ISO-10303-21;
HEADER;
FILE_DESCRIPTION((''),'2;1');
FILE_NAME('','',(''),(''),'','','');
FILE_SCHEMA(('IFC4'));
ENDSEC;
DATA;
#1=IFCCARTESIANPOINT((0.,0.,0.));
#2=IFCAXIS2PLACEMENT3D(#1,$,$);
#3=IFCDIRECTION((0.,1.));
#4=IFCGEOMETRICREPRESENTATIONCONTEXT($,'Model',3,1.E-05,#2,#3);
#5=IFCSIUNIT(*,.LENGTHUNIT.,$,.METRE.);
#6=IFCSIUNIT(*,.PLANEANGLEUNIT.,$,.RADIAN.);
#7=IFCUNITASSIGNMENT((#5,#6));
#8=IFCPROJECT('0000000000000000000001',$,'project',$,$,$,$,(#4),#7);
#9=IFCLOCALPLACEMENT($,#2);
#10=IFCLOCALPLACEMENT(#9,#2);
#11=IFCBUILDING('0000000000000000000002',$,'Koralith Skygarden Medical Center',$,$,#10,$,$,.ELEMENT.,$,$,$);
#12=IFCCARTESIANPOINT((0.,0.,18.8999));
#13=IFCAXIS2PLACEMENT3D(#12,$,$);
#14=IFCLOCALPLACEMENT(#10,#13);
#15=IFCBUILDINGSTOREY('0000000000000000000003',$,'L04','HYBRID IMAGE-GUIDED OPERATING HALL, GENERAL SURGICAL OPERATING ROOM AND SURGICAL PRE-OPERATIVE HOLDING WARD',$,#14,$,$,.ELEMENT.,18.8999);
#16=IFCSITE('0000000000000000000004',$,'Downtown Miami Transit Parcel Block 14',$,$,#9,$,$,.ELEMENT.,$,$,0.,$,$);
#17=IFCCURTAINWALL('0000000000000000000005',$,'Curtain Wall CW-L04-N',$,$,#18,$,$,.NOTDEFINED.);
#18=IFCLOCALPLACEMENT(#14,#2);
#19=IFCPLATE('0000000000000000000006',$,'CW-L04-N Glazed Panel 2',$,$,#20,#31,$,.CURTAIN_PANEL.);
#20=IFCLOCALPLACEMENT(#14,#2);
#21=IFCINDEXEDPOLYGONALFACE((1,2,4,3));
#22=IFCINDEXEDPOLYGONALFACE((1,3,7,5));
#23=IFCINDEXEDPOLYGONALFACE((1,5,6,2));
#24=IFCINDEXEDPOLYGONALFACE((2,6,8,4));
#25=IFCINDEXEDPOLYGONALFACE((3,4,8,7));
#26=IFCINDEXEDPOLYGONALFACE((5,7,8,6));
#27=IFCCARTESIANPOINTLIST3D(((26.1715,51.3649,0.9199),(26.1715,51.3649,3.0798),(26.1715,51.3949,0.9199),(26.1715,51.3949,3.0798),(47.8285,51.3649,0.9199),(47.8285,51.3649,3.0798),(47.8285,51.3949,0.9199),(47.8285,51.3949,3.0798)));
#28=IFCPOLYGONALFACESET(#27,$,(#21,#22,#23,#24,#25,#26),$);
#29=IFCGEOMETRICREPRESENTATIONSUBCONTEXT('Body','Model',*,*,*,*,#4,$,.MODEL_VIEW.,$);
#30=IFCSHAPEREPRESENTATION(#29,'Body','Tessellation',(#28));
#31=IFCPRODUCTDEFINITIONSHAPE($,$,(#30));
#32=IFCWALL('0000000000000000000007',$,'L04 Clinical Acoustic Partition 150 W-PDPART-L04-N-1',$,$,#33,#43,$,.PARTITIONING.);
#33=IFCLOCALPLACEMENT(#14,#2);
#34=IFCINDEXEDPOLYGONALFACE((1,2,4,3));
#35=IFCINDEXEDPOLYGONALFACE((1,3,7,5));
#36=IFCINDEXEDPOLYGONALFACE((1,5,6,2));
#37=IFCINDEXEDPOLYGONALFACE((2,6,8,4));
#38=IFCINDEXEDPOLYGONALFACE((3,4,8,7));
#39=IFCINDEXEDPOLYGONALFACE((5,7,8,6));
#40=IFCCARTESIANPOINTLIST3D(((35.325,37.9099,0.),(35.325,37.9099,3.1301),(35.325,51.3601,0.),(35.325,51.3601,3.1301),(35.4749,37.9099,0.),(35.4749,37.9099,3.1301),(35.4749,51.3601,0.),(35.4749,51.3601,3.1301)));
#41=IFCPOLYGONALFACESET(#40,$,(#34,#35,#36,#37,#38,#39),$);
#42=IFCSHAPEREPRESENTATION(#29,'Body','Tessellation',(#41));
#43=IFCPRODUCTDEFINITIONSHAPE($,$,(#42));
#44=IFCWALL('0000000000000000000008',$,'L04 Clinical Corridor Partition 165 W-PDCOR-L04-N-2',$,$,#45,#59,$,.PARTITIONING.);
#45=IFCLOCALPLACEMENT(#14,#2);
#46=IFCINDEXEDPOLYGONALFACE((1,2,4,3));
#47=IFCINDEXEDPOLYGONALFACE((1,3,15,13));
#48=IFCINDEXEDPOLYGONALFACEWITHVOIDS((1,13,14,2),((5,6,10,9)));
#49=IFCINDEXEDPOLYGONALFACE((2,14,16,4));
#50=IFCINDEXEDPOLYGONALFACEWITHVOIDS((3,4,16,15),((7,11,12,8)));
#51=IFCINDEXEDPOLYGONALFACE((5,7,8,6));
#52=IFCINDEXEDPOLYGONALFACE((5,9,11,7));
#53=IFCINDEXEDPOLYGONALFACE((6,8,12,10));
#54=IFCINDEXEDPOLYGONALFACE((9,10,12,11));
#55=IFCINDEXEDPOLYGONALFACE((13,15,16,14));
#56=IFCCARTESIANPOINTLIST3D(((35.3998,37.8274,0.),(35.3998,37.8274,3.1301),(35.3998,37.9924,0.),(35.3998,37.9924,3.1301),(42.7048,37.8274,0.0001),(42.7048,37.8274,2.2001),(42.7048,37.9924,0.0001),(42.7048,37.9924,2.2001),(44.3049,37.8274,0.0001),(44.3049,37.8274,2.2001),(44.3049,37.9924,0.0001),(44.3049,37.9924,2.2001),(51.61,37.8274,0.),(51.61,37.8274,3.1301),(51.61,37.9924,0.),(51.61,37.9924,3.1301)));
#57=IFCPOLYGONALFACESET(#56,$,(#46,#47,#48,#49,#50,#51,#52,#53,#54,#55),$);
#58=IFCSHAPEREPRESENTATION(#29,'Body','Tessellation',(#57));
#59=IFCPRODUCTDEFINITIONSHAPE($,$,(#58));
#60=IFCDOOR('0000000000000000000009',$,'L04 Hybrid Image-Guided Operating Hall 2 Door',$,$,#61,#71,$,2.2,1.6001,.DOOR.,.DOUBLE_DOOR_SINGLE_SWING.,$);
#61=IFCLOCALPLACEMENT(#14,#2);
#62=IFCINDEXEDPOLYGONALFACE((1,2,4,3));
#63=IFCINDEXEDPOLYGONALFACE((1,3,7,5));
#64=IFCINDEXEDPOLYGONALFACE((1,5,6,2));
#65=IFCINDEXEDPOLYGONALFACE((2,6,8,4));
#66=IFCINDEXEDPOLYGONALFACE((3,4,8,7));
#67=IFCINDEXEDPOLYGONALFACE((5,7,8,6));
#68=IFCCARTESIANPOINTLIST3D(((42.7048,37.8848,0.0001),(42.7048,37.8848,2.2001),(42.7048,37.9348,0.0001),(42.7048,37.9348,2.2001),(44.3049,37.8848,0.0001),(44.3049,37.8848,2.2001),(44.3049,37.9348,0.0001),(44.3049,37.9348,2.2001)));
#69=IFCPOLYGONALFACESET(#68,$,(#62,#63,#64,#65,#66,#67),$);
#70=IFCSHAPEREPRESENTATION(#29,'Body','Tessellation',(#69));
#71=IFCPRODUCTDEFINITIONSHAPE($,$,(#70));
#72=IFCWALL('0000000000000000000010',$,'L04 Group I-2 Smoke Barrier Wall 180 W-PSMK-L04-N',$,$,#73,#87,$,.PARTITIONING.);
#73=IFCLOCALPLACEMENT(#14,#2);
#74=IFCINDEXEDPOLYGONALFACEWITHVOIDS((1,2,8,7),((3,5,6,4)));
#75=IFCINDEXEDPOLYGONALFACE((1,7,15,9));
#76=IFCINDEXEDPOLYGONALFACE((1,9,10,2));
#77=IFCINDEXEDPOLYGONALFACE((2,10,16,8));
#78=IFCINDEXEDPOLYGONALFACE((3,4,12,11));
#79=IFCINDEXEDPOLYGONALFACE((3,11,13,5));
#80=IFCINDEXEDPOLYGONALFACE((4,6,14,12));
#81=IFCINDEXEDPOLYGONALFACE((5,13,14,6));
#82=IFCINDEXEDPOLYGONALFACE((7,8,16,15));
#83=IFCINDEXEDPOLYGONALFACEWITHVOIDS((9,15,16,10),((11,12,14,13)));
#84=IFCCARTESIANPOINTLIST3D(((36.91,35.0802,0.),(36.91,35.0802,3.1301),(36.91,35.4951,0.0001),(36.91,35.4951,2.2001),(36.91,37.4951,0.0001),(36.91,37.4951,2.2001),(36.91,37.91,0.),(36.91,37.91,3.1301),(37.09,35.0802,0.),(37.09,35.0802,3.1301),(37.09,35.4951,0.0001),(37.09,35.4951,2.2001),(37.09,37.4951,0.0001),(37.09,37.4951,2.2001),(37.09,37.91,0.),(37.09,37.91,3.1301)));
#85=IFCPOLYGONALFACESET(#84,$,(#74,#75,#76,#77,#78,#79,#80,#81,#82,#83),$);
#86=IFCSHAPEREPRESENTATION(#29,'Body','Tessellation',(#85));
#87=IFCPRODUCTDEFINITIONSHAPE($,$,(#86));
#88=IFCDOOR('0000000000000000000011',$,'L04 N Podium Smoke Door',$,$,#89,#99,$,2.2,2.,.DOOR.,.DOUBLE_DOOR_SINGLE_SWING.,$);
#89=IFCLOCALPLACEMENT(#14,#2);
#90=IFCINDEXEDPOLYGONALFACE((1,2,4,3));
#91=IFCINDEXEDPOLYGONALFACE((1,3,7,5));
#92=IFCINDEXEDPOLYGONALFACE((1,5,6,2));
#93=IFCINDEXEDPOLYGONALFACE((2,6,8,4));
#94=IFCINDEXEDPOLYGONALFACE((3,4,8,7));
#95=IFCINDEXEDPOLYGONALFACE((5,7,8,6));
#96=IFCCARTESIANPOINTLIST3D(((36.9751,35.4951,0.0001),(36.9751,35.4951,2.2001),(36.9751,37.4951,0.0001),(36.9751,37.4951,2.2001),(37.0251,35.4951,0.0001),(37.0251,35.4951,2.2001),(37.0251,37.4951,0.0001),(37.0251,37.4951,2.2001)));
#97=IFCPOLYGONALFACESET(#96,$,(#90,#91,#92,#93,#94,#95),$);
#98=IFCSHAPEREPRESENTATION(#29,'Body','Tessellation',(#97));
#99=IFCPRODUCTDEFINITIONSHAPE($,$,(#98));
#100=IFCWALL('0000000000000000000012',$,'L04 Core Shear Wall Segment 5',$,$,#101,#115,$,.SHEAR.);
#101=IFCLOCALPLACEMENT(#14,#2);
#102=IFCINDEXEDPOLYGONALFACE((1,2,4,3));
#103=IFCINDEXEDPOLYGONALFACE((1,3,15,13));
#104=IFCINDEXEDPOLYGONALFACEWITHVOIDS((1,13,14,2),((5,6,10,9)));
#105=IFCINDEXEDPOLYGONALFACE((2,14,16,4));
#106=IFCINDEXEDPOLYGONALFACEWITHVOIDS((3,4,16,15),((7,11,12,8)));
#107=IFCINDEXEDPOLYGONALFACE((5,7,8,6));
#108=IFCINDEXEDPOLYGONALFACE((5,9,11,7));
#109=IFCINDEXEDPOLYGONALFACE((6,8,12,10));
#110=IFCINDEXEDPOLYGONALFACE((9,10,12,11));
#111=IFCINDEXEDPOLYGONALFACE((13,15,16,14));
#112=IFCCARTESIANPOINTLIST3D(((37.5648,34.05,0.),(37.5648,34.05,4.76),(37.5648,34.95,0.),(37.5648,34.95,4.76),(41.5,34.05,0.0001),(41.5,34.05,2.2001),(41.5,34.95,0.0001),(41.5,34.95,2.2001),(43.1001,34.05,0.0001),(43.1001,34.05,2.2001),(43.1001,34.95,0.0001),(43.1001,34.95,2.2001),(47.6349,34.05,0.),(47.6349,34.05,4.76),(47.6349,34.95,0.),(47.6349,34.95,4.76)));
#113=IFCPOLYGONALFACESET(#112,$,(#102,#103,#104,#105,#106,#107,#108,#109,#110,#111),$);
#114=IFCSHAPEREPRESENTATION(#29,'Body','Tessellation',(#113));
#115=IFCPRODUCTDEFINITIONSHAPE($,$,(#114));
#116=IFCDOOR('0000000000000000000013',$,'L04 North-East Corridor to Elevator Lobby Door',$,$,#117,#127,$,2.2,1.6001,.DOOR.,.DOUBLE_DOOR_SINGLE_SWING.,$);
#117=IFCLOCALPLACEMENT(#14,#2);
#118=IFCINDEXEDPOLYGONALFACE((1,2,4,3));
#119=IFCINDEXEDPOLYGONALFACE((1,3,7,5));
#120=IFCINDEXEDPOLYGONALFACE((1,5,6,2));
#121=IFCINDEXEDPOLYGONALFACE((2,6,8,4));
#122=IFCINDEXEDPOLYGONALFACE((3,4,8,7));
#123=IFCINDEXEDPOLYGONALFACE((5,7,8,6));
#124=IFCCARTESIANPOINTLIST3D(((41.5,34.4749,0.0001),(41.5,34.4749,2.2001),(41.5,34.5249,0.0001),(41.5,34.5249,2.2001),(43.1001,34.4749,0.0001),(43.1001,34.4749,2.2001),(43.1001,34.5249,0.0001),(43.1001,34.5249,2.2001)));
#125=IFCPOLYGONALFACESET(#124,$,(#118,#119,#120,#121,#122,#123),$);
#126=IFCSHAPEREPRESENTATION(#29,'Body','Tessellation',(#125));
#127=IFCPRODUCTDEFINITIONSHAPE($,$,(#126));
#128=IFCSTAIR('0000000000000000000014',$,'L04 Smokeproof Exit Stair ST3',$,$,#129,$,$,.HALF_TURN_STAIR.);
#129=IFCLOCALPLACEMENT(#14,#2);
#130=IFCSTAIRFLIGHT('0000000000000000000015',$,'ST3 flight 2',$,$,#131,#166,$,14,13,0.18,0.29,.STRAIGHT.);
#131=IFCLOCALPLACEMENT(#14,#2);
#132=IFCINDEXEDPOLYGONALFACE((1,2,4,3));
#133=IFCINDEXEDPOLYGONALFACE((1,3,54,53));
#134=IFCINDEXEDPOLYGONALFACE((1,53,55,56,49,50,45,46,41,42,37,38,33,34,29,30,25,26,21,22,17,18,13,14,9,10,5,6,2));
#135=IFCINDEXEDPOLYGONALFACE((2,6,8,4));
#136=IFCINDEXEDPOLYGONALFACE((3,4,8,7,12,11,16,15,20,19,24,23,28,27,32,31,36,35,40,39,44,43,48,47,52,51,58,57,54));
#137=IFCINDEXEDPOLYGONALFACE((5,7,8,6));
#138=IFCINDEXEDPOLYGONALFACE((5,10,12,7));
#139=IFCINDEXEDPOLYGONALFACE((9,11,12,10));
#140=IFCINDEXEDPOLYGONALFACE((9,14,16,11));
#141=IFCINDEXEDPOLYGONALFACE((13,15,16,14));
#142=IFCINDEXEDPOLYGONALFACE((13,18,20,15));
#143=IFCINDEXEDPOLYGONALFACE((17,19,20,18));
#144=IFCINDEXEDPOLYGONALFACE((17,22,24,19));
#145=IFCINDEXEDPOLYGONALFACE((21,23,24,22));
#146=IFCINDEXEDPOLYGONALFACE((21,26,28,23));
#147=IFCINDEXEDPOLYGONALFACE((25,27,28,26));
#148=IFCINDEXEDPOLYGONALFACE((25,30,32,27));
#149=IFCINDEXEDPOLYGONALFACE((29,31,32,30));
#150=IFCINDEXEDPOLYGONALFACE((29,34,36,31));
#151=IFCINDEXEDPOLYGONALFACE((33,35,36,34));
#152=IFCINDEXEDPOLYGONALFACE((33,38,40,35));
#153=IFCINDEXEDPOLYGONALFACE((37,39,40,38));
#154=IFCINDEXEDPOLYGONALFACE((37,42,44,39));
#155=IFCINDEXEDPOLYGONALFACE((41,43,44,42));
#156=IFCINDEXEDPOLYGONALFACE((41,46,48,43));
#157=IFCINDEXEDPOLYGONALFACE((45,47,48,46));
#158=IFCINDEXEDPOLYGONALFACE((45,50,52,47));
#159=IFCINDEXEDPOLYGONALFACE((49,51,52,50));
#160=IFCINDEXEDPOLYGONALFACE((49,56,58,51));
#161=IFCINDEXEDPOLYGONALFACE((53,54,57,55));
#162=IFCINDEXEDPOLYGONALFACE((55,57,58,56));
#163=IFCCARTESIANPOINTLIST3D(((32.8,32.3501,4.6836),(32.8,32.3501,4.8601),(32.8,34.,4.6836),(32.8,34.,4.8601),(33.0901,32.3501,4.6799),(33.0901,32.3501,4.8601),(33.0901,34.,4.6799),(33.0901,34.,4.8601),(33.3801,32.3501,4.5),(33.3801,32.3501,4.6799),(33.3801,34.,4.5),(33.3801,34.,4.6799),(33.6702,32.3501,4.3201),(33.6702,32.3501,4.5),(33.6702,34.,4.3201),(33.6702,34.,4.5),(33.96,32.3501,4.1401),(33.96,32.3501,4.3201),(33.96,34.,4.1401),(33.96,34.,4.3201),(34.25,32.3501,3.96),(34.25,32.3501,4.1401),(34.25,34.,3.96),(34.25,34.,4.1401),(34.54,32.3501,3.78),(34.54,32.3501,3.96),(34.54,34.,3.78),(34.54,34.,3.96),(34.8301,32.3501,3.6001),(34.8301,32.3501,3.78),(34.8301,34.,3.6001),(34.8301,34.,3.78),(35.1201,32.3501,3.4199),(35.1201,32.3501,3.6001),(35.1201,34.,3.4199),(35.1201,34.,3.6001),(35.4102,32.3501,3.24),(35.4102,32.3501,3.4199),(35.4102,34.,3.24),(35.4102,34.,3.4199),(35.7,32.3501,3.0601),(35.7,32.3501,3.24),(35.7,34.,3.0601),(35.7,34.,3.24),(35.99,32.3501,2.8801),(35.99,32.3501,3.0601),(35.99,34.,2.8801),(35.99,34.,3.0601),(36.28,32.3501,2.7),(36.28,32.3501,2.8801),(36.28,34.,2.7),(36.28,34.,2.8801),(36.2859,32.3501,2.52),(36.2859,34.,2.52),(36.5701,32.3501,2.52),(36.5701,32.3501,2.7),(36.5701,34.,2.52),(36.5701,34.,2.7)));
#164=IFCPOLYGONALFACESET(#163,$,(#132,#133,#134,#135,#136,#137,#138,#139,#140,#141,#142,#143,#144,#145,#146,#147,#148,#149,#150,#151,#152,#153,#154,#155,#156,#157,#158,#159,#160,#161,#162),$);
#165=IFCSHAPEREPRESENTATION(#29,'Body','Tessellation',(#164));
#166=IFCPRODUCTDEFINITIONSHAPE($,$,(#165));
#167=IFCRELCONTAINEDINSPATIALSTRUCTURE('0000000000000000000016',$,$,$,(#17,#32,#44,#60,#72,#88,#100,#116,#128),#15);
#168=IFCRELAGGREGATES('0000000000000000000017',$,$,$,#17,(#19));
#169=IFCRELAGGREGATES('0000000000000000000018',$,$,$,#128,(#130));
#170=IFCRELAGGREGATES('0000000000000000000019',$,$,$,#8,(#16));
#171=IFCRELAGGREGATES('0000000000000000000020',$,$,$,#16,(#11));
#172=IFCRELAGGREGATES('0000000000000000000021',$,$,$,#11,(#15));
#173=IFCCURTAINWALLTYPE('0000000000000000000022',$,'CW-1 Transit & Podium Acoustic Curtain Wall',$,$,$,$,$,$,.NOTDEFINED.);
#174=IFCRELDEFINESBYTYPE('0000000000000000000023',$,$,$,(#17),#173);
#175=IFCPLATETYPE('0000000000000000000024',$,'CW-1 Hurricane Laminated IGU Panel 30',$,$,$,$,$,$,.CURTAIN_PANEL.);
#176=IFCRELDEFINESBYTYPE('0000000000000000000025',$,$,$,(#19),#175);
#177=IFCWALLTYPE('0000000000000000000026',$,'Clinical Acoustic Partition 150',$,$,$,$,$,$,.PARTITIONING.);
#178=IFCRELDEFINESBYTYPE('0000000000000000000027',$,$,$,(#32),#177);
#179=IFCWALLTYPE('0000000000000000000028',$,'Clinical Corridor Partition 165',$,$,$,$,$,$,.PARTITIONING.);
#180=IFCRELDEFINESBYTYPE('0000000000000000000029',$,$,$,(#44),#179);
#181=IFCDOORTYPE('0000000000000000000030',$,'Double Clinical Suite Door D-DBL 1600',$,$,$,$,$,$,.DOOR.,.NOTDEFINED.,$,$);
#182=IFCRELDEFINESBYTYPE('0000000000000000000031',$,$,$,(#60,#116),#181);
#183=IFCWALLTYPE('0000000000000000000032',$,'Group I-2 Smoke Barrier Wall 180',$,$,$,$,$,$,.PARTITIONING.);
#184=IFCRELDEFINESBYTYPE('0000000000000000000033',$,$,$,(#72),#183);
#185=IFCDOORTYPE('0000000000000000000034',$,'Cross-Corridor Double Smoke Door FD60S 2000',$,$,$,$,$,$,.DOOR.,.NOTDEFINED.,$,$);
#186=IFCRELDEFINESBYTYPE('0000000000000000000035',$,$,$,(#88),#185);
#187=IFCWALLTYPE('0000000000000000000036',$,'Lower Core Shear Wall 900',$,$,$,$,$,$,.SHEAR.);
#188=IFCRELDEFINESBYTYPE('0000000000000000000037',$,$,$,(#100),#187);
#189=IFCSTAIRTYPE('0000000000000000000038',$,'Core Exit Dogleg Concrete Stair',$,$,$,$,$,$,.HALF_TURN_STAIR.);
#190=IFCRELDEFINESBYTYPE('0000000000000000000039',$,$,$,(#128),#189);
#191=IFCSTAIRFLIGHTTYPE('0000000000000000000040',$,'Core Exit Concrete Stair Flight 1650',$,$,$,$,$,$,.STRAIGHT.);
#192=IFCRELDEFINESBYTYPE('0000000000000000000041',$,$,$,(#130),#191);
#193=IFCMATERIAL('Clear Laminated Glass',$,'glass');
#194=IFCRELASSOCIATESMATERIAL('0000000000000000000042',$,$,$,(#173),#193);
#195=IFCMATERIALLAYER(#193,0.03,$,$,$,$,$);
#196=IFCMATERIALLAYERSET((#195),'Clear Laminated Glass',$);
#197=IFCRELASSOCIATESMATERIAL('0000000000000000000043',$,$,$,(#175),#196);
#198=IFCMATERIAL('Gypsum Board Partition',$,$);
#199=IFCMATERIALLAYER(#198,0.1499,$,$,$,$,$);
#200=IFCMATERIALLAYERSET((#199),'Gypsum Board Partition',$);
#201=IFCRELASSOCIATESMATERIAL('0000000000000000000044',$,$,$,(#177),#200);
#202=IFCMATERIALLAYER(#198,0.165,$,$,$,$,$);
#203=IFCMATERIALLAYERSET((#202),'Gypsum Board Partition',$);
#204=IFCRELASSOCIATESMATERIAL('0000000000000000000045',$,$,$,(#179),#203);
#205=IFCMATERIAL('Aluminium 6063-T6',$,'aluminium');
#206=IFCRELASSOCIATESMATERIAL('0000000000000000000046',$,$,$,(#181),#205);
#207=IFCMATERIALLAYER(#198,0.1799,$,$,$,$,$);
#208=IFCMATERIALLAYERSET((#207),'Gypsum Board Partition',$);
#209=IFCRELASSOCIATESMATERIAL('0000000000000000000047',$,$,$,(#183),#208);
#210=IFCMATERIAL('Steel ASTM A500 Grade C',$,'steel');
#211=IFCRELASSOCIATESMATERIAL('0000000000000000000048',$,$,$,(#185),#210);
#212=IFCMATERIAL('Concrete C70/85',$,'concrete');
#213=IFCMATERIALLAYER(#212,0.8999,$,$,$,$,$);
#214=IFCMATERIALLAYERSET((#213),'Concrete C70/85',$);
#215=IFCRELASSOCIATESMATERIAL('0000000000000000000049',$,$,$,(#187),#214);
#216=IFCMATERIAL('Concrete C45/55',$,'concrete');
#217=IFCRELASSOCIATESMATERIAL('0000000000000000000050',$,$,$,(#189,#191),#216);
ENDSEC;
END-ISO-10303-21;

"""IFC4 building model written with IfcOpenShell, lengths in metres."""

from ifc_helpers import new_model, si_unit, direction, frame, frame_2d, origin, origin_2d, place, context, subcontext, project, spatial, polyline, rectangle, outline, extrude, material, layer, layer_set, type_object, element, fill, aggregate, save


model = new_model("IFC4")

# Units and contexts
model_context = context("Model", 3, precision=1e-05, world=origin(), true_north=direction((0.0, 1.0)))
body_context = subcontext(model_context, "Body", "Model", "MODEL_VIEW")
ifc_project = project(units=[si_unit("LENGTHUNIT", "METRE"), si_unit("PLANEANGLEUNIT", "RADIAN")], contexts=[model_context])

# Site, building, storey
site_placement = place(None, origin())
site = spatial("IfcSite", under=ifc_project, at=site_placement, Name="Downtown Miami Transit Parcel Block 14", CompositionType="ELEMENT", RefElevation=0.0)
building_placement = place(site_placement, origin())
building = spatial("IfcBuilding", under=site, at=building_placement, Name="Koralith Skygarden Medical Center", CompositionType="ELEMENT")
storey_placement = place(building_placement, frame((0.0, 0.0, 18.8999)))
storey = spatial("IfcBuildingStorey", under=building, at=storey_placement, Name="L04", Description="HYBRID IMAGE-GUIDED OPERATING HALL, GENERAL SURGICAL OPERATING ROOM AND SURGICAL PRE-OPERATIVE HOLDING WARD", CompositionType="ELEMENT", Elevation=18.8999)

# Shared definitions
ifc_material_1 = material(Name="Concrete C70/85", Category="concrete")

# Curtain wall
ifc_material_2 = material(Name="Clear Laminated Glass", Category="glass")
curtain_wall_type = type_object("IfcCurtainWallType", Name="CW-1 Transit & Podium Acoustic Curtain Wall", PredefinedType="NOTDEFINED", material=ifc_material_2)
curtain_wall_placement = place(storey_placement, origin())
curtain_wall = element("IfcCurtainWall", 1, at=curtain_wall_placement, inside=storey, type_object=curtain_wall_type, Name="Curtain Wall CW-L04-N", PredefinedType="NOTDEFINED")
ifc_material_3 = material(Name="Aluminium 6063-T6", Category="aluminium")

# Shared definitions
ifc_material_4 = material(Name="Concrete C45/55", Category="concrete")

# Plate
ifc_layer_1 = layer(ifc_material_2, 0.03)
ifc_layer_set_1 = layer_set([ifc_layer_1], Name="Clear Laminated Glass")
plate_type = type_object("IfcPlateType", Name="CW-1 Hurricane Laminated IGU Panel 30", PredefinedType="CURTAIN_PANEL", material=ifc_layer_set_1)
plate_placement = place(storey_placement, frame((37.0, 51.3799, 0.9199), z_axis=(0.0, 0.0, 1.0), x_axis=(-1.0, 0.0, 0.0)))
plate = element("IfcPlate", 2, at=plate_placement, type_object=plate_type, Name="CW-L04-N Glazed Panel 2", PredefinedType="CURTAIN_PANEL", context=body_context, shape_type="SweptSolid", body=[
    extrude(rectangle(XDim=21.657, YDim=0.03, at=origin_2d()), origin(), (0.0, 0.0, 1.0), 2.1599),
])
aggregate(curtain_wall, [plate])

# Wall
ifc_material_5 = material(Name="Gypsum Board Partition")
ifc_layer_2 = layer(ifc_material_5, 0.1499)
ifc_layer_set_2 = layer_set([ifc_layer_2], Name="Gypsum Board Partition")
wall_type_1 = type_object("IfcWallType", Name="Clinical Acoustic Partition 150", PredefinedType="PARTITIONING", material=ifc_layer_set_2)
wall_1_placement = place(storey_placement, frame((35.3999, 37.9099, 0.0), z_axis=(0.0, 0.0, 1.0), x_axis=(0.0, 1.0, 0.0)))
element("IfcWall", 3, at=wall_1_placement, inside=storey, type_object=wall_type_1, Name="L04 Clinical Acoustic Partition 150 W-PDPART-L04-N-1", PredefinedType="PARTITIONING", context=body_context, shape_type="SweptSolid", body=[
    extrude(rectangle(XDim=13.4502, YDim=0.1499, at=frame_2d((6.7251, 0.0))), origin(), (0.0, 0.0, 1.0), 3.1301),
])

# Walls, openings, doors
ifc_layer_3 = layer(ifc_material_5, 0.165)
ifc_layer_set_3 = layer_set([ifc_layer_3], Name="Gypsum Board Partition")
wall_type_2 = type_object("IfcWallType", Name="Clinical Corridor Partition 165", PredefinedType="PARTITIONING", material=ifc_layer_set_3)
wall_2_placement = place(storey_placement, frame((35.3999, 37.9099, 0.0), z_axis=(0.0, 0.0, 1.0), x_axis=(1.0, 0.0, 0.0)))
wall_2 = element("IfcWall", 4, at=wall_2_placement, inside=storey, type_object=wall_type_2, Name="L04 Clinical Corridor Partition 165 W-PDCOR-L04-N-2", PredefinedType="PARTITIONING", context=body_context, shape_type="SweptSolid", body=[
    extrude(rectangle(XDim=16.2102, YDim=0.165, at=frame_2d((8.105, 0.0))), origin(), (0.0, 0.0, 1.0), 3.1301),
])
opening_1_placement = place(wall_2_placement, frame((7.3049, 0.0, 0.0)))
opening_1 = element("IfcOpeningElement", 5, at=opening_1_placement, cuts=wall_2, PredefinedType="OPENING", context=body_context, shape_type="SweptSolid", body=[
    extrude(rectangle(XDim=1.6001, YDim=2.2, at=frame_2d((0.8, 1.1001))), frame((0.0, 0.0925, 0.0), z_axis=(0.0, -1.0, 0.0), x_axis=(1.0, 0.0, 0.0)), (0.0, 0.0, 1.0), 0.1851),
])
door_type_1 = type_object("IfcDoorType", Name="Double Clinical Suite Door D-DBL 1600", OperationType="NOTDEFINED", PredefinedType="DOOR", material=ifc_material_3)
door_1_placement = place(opening_1_placement, origin())
door_1 = element("IfcDoor", 6, at=door_1_placement, inside=storey, type_object=door_type_1, Name="L04 Hybrid Image-Guided Operating Hall 2 Door", OperationType="DOUBLE_DOOR_SINGLE_SWING", OverallHeight=2.2, OverallWidth=1.6001, PredefinedType="DOOR", context=body_context, shape_type="SweptSolid", body=[
    extrude(rectangle(XDim=1.6001, YDim=2.2, at=frame_2d((0.8, 1.1001))), frame((0.0, 0.0249, 0.0), z_axis=(0.0, -1.0, 0.0), x_axis=(1.0, 0.0, 0.0)), (0.0, 0.0, 1.0), 0.05),
])
fill(opening_1, door_1)
ifc_layer_4 = layer(ifc_material_5, 0.1799)
ifc_layer_set_4 = layer_set([ifc_layer_4], Name="Gypsum Board Partition")
wall_type_3 = type_object("IfcWallType", Name="Group I-2 Smoke Barrier Wall 180", PredefinedType="PARTITIONING", material=ifc_layer_set_4)
wall_3_placement = place(storey_placement, frame((37.0, 35.0801, 0.0), z_axis=(0.0, 0.0, 1.0), x_axis=(0.0, 1.0, 0.0)))
wall_3 = element("IfcWall", 7, at=wall_3_placement, inside=storey, type_object=wall_type_3, Name="L04 Group I-2 Smoke Barrier Wall 180 W-PSMK-L04-N", PredefinedType="PARTITIONING", context=body_context, shape_type="SweptSolid", body=[
    extrude(rectangle(XDim=2.8298, YDim=0.1799, at=frame_2d((1.415, 0.0))), origin(), (0.0, 0.0, 1.0), 3.1301),
])
opening_2_placement = place(wall_3_placement, frame((0.415, 0.0, 0.0)))
opening_2 = element("IfcOpeningElement", 8, at=opening_2_placement, cuts=wall_3, PredefinedType="OPENING", context=body_context, shape_type="SweptSolid", body=[
    extrude(rectangle(XDim=2.0, YDim=2.2, at=frame_2d((1.0, 1.1001))), frame((0.0, 0.0999, 0.0), z_axis=(0.0, -1.0, 0.0), x_axis=(1.0, 0.0, 0.0)), (0.0, 0.0, 1.0), 0.2),
])
ifc_material_6 = material(Name="Steel ASTM A500 Grade C", Category="steel")
door_type_2 = type_object("IfcDoorType", Name="Cross-Corridor Double Smoke Door FD60S 2000", OperationType="NOTDEFINED", PredefinedType="DOOR", material=ifc_material_6)
door_2_placement = place(opening_2_placement, origin())
door_2 = element("IfcDoor", 9, at=door_2_placement, inside=storey, type_object=door_type_2, Name="L04 N Podium Smoke Door", OperationType="DOUBLE_DOOR_SINGLE_SWING", OverallHeight=2.2, OverallWidth=2.0, PredefinedType="DOOR", context=body_context, shape_type="SweptSolid", body=[
    extrude(rectangle(XDim=2.0, YDim=2.2, at=frame_2d((1.0, 1.1001))), frame((0.0, 0.0249, 0.0), z_axis=(0.0, -1.0, 0.0), x_axis=(1.0, 0.0, 0.0)), (0.0, 0.0, 1.0), 0.05),
])
fill(opening_2, door_2)
ifc_layer_5 = layer(ifc_material_1, 0.8999)
ifc_layer_set_5 = layer_set([ifc_layer_5], Name="Concrete C70/85")
wall_type_4 = type_object("IfcWallType", Name="Lower Core Shear Wall 900", PredefinedType="SHEAR", material=ifc_layer_set_5)
wall_4_placement = place(storey_placement, frame((47.635, 34.5, 0.0), z_axis=(0.0, 0.0, 1.0), x_axis=(-1.0, 0.0, 0.0)))
wall_4 = element("IfcWall", 10, at=wall_4_placement, inside=storey, type_object=wall_type_4, Name="L04 Core Shear Wall Segment 5", PredefinedType="SHEAR", context=body_context, shape_type="SweptSolid", body=[
    extrude(rectangle(XDim=10.0701, YDim=0.8999, at=frame_2d((5.0352, 0.0))), origin(), (0.0, 0.0, 1.0), 4.76),
])
opening_3_placement = place(wall_4_placement, frame((4.5349, 0.0, 0.0)))
opening_3 = element("IfcOpeningElement", 11, at=opening_3_placement, cuts=wall_4, PredefinedType="OPENING", context=body_context, shape_type="SweptSolid", body=[
    extrude(rectangle(XDim=1.6001, YDim=2.2, at=frame_2d((0.8, 1.1001))), frame((0.0, 0.46, 0.0), z_axis=(0.0, -1.0, 0.0), x_axis=(1.0, 0.0, 0.0)), (0.0, 0.0, 1.0), 0.9199),
])
door_3_placement = place(opening_3_placement, frame((1.6001, 0.0, 0.0), z_axis=(0.0, 0.0, 1.0), x_axis=(-1.0, 0.0, 0.0)))
door_3 = element("IfcDoor", 12, at=door_3_placement, inside=storey, type_object=door_type_1, Name="L04 North-East Corridor to Elevator Lobby Door", OperationType="DOUBLE_DOOR_SINGLE_SWING", OverallHeight=2.2, OverallWidth=1.6001, PredefinedType="DOOR", context=body_context, shape_type="SweptSolid", body=[
    extrude(rectangle(XDim=1.6001, YDim=2.2, at=frame_2d((0.8, 1.1001))), frame((0.0, 0.0249, 0.0), z_axis=(0.0, -1.0, 0.0), x_axis=(1.0, 0.0, 0.0)), (0.0, 0.0, 1.0), 0.05),
])
fill(opening_3, door_3)

# Stair, stair flight
stair_type = type_object("IfcStairType", Name="Core Exit Dogleg Concrete Stair", PredefinedType="HALF_TURN_STAIR", material=ifc_material_4)
stair_placement = place(storey_placement, origin())
stair = element("IfcStair", 13, at=stair_placement, inside=storey, type_object=stair_type, Name="L04 Smokeproof Exit Stair ST3", PredefinedType="HALF_TURN_STAIR")
stair_flight_type = type_object("IfcStairFlightType", Name="Core Exit Concrete Stair Flight 1650", PredefinedType="STRAIGHT", material=ifc_material_4)
stair_flight_placement = place(storey_placement, frame((36.5701, 33.175, 2.52), z_axis=(0.0, 0.0, 1.0), x_axis=(-1.0, 0.0, 0.0)))
stair_flight = element("IfcStairFlight", 14, at=stair_flight_placement, type_object=stair_flight_type, Name="ST3 flight 2", NumberOfRisers=14, NumberOfTreads=13, PredefinedType="STRAIGHT", RiserHeight=0.18, TreadLength=0.29, context=body_context, shape_type="SweptSolid", body=[
    extrude(outline(polyline([(0.0, 0.0), (0.0, 0.1799), (0.29, 0.1799), (0.29, 0.3601), (0.5801, 0.3601), (0.5801, 0.54), (0.8701, 0.54), (0.8701, 0.72), (1.1599, 0.72), (1.1599, 0.8999), (1.45, 0.8999), (1.45, 1.0801), (1.74, 1.0801), (1.74, 1.26), (2.03, 1.26), (2.03, 1.4399), (2.3201, 1.4399), (2.3201, 1.6201), (2.6101, 1.6201), (2.6101, 1.8), (2.8999, 1.8), (2.8999, 1.98), (3.1899, 1.98), (3.1899, 2.1599), (3.48, 2.1599), (3.48, 2.3401), (3.77, 2.3401), (3.77, 2.52), (3.77, 2.1636), (0.2842, 0.0), (0.0, 0.0)])), frame((0.0, 0.825, 0.0), z_axis=(0.0, -1.0, 0.0), x_axis=(1.0, 0.0, 0.0)), (0.0, 0.0, 1.0), 1.6499),
])
aggregate(stair, [stair_flight])

save(model, "model.ifc")
